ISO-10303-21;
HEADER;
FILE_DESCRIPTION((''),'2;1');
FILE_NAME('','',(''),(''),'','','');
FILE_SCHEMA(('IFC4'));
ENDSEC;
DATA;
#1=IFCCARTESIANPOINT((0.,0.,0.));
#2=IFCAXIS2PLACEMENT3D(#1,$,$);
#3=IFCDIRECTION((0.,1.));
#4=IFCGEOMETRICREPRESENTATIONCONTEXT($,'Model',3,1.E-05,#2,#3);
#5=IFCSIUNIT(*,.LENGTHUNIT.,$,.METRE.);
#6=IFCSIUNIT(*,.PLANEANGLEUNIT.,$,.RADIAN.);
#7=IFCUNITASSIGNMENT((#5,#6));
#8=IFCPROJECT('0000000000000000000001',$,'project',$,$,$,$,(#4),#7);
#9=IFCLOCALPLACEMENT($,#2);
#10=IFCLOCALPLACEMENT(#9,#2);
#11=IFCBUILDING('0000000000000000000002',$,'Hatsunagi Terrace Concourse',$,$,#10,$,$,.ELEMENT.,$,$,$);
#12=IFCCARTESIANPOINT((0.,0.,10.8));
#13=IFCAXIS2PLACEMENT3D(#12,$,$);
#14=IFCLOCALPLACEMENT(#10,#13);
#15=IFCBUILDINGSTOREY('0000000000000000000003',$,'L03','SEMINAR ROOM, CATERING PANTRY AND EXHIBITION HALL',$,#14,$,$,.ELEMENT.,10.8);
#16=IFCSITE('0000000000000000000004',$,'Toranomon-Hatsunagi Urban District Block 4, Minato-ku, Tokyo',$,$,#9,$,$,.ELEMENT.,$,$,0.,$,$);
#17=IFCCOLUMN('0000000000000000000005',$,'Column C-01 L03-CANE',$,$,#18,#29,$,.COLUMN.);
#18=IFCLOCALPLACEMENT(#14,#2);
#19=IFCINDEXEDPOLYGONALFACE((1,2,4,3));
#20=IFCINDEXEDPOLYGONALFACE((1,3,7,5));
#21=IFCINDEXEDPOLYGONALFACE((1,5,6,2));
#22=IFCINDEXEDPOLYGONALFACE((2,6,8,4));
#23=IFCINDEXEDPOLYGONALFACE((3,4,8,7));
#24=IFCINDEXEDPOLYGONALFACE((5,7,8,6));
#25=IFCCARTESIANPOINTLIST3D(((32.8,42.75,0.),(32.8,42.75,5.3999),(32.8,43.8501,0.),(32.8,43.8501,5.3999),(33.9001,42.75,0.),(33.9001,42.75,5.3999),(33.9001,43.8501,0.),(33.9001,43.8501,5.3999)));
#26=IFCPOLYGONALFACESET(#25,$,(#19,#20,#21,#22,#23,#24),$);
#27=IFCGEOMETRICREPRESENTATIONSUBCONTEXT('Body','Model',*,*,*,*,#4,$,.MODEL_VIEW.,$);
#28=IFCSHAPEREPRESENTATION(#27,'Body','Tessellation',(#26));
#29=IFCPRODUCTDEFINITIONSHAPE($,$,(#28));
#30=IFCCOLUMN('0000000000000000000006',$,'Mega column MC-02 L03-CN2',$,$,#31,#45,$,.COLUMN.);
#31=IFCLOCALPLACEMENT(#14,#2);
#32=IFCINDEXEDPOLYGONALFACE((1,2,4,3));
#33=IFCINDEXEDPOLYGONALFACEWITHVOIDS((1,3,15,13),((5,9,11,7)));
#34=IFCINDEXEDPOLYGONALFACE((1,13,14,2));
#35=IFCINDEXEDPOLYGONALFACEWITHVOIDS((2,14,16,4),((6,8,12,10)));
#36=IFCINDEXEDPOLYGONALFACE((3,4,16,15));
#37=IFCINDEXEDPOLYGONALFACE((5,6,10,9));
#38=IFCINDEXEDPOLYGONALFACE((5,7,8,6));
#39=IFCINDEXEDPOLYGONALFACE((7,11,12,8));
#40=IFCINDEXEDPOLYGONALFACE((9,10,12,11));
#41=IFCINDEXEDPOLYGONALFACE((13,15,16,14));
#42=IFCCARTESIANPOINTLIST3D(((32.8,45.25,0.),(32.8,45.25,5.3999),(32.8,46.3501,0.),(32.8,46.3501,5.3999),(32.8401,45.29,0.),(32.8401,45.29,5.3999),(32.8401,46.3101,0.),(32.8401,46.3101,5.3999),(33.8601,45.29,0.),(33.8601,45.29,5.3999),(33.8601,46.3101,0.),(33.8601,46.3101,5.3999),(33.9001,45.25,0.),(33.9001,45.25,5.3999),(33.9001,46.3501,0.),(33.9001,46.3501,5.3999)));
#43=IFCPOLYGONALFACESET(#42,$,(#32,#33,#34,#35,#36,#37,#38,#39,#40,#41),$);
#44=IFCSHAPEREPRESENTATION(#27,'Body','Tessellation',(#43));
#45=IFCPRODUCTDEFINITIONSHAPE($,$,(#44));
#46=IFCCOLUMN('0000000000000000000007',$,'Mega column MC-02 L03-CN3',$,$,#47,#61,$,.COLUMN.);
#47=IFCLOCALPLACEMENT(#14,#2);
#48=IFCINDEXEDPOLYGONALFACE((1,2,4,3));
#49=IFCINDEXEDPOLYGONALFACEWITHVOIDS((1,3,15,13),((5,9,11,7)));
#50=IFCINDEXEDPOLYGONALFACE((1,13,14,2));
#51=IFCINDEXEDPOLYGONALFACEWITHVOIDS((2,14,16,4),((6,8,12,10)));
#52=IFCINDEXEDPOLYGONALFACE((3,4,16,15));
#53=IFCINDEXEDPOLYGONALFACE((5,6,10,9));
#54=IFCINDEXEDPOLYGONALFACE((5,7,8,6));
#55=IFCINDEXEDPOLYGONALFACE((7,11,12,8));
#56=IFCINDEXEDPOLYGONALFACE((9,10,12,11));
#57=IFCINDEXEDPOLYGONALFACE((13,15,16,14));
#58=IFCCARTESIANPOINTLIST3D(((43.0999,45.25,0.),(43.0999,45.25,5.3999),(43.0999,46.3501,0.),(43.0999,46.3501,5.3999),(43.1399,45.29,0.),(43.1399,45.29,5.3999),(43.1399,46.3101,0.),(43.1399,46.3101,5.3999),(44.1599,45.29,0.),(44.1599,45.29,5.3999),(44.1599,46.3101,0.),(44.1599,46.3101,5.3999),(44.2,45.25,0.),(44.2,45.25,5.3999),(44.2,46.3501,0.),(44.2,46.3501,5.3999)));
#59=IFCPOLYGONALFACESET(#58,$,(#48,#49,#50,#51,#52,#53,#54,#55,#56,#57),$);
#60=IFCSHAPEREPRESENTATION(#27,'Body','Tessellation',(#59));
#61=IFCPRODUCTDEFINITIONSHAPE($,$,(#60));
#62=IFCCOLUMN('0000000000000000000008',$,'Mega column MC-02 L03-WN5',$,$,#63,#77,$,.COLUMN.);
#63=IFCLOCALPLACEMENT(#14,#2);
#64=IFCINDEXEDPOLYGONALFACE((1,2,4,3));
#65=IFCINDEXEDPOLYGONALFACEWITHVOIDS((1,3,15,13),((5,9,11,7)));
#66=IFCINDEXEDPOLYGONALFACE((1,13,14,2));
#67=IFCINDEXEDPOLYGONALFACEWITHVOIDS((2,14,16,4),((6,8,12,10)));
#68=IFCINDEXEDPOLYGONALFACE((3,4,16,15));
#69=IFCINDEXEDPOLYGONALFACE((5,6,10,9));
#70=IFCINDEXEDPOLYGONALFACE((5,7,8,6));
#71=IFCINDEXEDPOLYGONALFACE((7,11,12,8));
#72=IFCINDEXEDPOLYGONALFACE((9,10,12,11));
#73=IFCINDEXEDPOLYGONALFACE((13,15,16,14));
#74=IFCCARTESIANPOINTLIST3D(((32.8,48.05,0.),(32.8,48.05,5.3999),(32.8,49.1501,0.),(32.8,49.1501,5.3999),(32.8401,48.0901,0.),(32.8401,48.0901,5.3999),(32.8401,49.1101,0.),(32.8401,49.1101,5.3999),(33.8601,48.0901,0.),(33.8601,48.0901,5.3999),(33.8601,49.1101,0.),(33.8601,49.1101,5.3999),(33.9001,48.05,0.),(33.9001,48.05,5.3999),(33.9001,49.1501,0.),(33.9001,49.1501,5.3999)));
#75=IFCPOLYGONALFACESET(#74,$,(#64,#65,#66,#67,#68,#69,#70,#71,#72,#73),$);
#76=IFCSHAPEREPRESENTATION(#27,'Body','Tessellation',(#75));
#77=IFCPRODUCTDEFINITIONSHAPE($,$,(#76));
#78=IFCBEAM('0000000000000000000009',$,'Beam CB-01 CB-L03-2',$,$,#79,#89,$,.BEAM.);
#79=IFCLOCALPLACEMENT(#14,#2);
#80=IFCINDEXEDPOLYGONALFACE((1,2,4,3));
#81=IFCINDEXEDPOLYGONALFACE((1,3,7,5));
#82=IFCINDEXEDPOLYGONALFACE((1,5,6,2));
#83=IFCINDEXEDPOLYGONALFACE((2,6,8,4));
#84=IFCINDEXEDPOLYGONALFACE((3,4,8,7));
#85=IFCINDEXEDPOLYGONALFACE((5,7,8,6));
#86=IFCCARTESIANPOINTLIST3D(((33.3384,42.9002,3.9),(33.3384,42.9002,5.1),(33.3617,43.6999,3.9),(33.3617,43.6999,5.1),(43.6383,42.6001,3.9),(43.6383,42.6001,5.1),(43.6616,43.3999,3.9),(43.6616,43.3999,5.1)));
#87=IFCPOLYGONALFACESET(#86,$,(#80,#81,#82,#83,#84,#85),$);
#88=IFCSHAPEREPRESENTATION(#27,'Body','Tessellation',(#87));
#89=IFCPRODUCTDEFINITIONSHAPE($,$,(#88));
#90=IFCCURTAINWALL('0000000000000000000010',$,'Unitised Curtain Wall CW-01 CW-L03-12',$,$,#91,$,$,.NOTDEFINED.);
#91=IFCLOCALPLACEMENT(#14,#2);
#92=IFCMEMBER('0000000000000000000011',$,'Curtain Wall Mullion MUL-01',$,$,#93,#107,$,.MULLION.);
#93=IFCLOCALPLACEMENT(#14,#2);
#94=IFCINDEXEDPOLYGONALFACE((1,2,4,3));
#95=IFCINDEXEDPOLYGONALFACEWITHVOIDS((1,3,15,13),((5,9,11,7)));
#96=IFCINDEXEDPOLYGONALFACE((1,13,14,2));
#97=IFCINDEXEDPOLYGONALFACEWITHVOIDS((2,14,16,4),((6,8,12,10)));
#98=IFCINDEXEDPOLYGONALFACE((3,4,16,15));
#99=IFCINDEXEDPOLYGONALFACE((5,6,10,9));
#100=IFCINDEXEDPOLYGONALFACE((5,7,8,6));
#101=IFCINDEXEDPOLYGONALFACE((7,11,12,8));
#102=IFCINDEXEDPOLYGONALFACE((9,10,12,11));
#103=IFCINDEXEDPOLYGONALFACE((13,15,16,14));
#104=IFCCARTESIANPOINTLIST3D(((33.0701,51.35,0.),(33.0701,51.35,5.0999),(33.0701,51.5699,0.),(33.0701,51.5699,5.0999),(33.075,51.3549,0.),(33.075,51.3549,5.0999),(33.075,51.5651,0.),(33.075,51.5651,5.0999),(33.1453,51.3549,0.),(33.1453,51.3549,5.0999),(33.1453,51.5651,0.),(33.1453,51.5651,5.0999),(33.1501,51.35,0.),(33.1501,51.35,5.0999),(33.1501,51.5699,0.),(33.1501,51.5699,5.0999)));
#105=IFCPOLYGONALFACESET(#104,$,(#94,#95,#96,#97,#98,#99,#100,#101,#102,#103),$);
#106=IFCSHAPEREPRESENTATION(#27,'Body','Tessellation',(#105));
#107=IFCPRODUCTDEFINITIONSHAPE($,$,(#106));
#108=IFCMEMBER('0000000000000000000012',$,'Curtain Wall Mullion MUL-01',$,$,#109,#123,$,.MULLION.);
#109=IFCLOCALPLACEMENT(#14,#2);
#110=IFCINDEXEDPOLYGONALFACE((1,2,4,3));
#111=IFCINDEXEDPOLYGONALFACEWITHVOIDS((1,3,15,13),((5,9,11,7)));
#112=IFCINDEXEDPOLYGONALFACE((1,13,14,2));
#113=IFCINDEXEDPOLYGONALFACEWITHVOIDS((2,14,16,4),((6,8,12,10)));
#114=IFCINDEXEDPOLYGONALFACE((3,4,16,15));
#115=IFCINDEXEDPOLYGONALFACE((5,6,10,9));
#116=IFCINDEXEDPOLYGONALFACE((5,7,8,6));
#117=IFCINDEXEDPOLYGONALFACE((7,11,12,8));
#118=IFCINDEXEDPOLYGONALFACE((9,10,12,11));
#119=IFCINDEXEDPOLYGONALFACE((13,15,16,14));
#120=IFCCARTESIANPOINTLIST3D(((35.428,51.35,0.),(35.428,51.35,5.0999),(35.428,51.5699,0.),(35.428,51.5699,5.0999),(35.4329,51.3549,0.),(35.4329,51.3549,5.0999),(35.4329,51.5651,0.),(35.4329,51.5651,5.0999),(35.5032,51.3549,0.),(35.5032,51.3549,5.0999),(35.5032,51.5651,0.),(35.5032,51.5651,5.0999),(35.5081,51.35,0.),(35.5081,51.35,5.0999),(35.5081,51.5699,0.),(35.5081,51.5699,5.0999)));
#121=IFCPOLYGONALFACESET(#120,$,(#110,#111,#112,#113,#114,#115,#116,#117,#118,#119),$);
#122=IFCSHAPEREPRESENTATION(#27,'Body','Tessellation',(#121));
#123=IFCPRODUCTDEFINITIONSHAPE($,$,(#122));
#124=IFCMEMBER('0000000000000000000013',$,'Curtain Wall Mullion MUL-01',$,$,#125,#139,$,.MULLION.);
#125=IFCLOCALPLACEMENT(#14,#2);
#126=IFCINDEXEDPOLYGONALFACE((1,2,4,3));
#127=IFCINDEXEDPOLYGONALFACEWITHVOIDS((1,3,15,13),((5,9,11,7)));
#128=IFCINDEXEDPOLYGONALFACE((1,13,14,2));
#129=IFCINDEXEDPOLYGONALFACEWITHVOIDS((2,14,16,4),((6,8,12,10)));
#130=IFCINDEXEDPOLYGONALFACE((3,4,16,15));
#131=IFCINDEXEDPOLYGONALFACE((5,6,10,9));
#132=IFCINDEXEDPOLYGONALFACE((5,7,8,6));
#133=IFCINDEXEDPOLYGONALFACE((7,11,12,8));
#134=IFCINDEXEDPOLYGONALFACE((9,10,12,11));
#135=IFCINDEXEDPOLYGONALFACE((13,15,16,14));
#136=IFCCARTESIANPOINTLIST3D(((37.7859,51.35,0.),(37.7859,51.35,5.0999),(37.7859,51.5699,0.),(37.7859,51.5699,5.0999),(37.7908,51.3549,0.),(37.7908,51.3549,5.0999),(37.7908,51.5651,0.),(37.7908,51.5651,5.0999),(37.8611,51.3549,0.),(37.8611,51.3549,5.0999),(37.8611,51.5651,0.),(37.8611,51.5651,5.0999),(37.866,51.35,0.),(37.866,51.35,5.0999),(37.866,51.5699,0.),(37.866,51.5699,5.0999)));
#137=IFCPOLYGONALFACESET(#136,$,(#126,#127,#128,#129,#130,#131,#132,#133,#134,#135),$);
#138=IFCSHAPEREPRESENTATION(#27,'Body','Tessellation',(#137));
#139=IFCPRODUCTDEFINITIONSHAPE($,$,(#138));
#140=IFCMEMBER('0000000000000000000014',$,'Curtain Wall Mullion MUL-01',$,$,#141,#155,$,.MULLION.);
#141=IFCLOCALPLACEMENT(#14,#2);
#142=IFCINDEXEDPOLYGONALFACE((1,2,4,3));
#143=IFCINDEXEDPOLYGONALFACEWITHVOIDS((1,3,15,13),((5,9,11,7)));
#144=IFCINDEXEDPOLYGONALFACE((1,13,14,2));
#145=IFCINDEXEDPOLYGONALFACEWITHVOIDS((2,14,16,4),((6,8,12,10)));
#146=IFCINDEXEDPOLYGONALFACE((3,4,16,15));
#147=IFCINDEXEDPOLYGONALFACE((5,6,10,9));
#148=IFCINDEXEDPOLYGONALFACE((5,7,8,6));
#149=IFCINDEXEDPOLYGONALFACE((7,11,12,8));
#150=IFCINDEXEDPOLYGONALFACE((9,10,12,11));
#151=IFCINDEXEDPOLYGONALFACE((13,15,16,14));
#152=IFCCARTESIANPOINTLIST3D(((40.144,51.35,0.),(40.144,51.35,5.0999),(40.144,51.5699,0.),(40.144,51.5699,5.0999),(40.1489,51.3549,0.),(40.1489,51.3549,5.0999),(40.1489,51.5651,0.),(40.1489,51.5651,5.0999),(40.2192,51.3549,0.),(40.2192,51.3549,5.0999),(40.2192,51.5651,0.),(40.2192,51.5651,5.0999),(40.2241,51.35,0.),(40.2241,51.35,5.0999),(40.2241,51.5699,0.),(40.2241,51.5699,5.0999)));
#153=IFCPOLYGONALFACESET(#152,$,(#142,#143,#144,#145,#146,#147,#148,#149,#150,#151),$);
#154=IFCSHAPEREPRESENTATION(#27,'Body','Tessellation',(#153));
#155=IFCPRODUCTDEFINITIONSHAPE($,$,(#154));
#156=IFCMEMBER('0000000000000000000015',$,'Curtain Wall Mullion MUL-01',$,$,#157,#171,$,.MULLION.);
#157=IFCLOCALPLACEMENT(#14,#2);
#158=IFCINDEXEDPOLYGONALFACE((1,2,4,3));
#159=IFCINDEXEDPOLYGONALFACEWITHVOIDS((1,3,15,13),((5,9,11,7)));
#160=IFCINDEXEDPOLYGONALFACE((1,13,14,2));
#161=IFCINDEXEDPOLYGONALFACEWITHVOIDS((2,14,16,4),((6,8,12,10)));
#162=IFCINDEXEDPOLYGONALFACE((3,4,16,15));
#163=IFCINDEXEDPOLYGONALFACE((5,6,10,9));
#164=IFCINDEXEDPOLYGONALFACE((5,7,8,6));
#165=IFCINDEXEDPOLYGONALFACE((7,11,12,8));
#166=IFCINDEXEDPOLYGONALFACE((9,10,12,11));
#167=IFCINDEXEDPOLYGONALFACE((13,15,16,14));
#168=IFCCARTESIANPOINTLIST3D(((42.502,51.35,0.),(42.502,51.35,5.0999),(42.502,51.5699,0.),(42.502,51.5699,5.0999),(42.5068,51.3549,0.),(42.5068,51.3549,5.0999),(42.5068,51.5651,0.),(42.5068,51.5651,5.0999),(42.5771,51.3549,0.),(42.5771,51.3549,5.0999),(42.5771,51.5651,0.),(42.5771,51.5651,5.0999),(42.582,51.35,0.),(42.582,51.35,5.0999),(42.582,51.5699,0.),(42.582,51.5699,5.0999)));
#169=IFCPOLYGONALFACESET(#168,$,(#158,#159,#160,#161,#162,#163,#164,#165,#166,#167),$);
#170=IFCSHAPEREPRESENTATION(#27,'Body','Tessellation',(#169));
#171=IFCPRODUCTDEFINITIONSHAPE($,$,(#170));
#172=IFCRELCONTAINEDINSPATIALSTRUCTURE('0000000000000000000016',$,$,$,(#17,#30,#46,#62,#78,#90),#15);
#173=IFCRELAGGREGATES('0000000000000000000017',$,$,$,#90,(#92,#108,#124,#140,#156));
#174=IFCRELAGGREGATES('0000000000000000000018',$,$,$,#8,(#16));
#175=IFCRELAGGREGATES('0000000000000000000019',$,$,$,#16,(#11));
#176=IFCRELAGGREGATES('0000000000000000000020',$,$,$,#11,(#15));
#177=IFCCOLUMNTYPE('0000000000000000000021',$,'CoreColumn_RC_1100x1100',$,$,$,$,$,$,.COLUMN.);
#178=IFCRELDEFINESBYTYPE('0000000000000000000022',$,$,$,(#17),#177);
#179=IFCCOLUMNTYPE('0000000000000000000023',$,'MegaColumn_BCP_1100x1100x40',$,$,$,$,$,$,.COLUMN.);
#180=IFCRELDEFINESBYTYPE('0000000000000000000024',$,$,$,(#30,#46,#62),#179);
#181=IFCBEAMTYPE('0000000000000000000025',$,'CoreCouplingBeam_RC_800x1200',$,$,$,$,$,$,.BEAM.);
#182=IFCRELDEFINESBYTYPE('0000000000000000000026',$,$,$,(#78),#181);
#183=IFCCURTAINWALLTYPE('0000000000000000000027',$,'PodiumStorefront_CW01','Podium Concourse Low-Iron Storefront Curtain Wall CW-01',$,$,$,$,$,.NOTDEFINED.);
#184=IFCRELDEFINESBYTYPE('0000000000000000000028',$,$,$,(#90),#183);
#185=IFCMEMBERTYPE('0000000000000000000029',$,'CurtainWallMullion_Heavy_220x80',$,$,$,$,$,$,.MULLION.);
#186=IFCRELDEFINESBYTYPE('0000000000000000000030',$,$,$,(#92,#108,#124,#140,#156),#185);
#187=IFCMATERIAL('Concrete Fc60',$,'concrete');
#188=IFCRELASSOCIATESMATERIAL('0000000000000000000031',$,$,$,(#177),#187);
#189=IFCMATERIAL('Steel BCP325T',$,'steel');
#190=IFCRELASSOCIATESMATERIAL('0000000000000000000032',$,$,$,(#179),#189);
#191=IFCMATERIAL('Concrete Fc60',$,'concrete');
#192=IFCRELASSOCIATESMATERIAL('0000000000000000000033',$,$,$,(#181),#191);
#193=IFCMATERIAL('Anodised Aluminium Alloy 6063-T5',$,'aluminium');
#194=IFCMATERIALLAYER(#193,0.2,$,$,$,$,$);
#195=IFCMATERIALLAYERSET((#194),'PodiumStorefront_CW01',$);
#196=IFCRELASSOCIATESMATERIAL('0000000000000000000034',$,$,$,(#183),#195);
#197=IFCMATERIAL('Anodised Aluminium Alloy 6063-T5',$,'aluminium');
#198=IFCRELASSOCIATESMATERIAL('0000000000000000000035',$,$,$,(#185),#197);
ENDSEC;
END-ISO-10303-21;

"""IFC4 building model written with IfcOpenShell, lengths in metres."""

from ifc_helpers import new_model, si_unit, direction, frame, origin, origin_2d, place, context, subcontext, project, spatial, rectangle, hollow_rectangle, extrude, material, layer, layer_set, material_profile, profile_set, type_object, element, aggregate, save


model = new_model("IFC4")

# Units and contexts
model_context = context("Model", 3, precision=1e-05, world=origin(), true_north=direction((0.0, 1.0)))
body_context = subcontext(model_context, "Body", "Model", "MODEL_VIEW")
ifc_project = project(units=[si_unit("LENGTHUNIT", "METRE"), si_unit("PLANEANGLEUNIT", "RADIAN")], contexts=[model_context])

# Site, building, storey
site_placement = place(None, origin())
site = spatial("IfcSite", under=ifc_project, at=site_placement, Name="Toranomon-Hatsunagi Urban District Block 4, Minato-ku, Tokyo", CompositionType="ELEMENT", RefElevation=0.0)
building_placement = place(site_placement, origin())
building = spatial("IfcBuilding", under=site, at=building_placement, Name="Hatsunagi Terrace Concourse", CompositionType="ELEMENT")
storey_placement = place(building_placement, frame((0.0, 0.0, 10.8)))
storey = spatial("IfcBuildingStorey", under=building, at=storey_placement, Name="L03", Description="SEMINAR ROOM, CATERING PANTRY AND EXHIBITION HALL", CompositionType="ELEMENT", Elevation=10.8)

# Columns
ifc_material_1 = material(Name="Concrete Fc60", Category="concrete")
ifc_material_profile_1 = material_profile(ifc_material_1, rectangle(XDim=1.1001, YDim=1.1001, at=origin_2d()), Name="RC-1100x1100")
ifc_profile_set_1 = profile_set([ifc_material_profile_1], Name="Concrete Fc60")
column_type_1 = type_object("IfcColumnType", Name="CoreColumn_RC_1100x1100", PredefinedType="COLUMN", material=ifc_profile_set_1)
column_placement = place(storey_placement, frame((33.3501, 43.3, 0.0), z_axis=(0.0, 0.0, 1.0), x_axis=(1.0, 0.0, 0.0)))
element("IfcColumn", 1, at=column_placement, inside=storey, type_object=column_type_1, Name="Column C-01 L03-CANE", PredefinedType="COLUMN", context=body_context, shape_type="SweptSolid", body=[
    extrude(rectangle(XDim=1.1001, YDim=1.1001, at=origin_2d()), origin(), (0.0, 0.0, 1.0), 5.3999),
])
ifc_material_2 = material(Name="Steel BCP325T", Category="steel")
ifc_material_profile_2 = material_profile(ifc_material_2, hollow_rectangle(XDim=1.1001, YDim=1.1001, WallThickness=0.04, at=origin_2d()), Name="BCP-1100x1100x40")
ifc_profile_set_2 = profile_set([ifc_material_profile_2], Name="Steel BCP325T")
column_type_2 = type_object("IfcColumnType", Name="MegaColumn_BCP_1100x1100x40", PredefinedType="COLUMN", material=ifc_profile_set_2)
for number, where, z_axis, x_axis, name in (
    (2, (33.3501, 45.8, 0.0), (0.0, 0.0, 1.0), (1.0, 0.0, 0.0), "Mega column MC-02 L03-CN2"),
    (3, (43.6499, 45.8, 0.0), (0.0, 0.0, 1.0), (1.0, 0.0, 0.0), "Mega column MC-02 L03-CN3"),
    (4, (33.3501, 48.6001, 0.0), (0.0, 0.0, 1.0), (1.0, 0.0, 0.0), "Mega column MC-02 L03-WN5"),
):
    element("IfcColumn", number, at=place(storey_placement, frame(where, z_axis=z_axis, x_axis=x_axis)), inside=storey, type_object=column_type_2, Name=name, PredefinedType="COLUMN", context=body_context, shape_type="SweptSolid", body=[
        extrude(hollow_rectangle(XDim=1.1001, YDim=1.1001, WallThickness=0.04, at=origin_2d()), origin(), (0.0, 0.0, 1.0), 5.3999),
    ])

# Beam
ifc_material_3 = material(Name="Concrete Fc60", Category="concrete")
ifc_material_profile_3 = material_profile(ifc_material_3, rectangle(XDim=0.8, YDim=1.2, at=origin_2d()), Name="RC-800x1200")
ifc_profile_set_3 = profile_set([ifc_material_profile_3], Name="Concrete Fc60")
beam_type_1 = type_object("IfcBeamType", Name="CoreCouplingBeam_RC_800x1200", PredefinedType="BEAM", material=ifc_profile_set_3)
beam_1_placement = place(storey_placement, frame((33.3501, 43.3, 4.5), z_axis=(0.999576, -0.029119, 0.0), x_axis=(0.029119, 0.999576, 0.0)))
element("IfcBeam", 5, at=beam_1_placement, inside=storey, type_object=beam_type_1, Name="Beam CB-01 CB-L03-2", PredefinedType="BEAM", context=body_context, shape_type="SweptSolid", body=[
    extrude(rectangle(XDim=0.8, YDim=1.2, at=origin_2d()), origin(), (0.0, 0.0, 1.0), 10.3042),
])

# Curtain wall, members
ifc_material_4 = material(Name="Anodised Aluminium Alloy 6063-T5", Category="aluminium")
ifc_layer_1 = layer(ifc_material_4, 0.2)
ifc_layer_set_1 = layer_set([ifc_layer_1], Name="PodiumStorefront_CW01")
curtain_wall_type = type_object("IfcCurtainWallType", Name="PodiumStorefront_CW01", Description="Podium Concourse Low-Iron Storefront Curtain Wall CW-01", PredefinedType="NOTDEFINED", material=ifc_layer_set_1)
curtain_wall_placement = place(storey_placement, origin())
curtain_wall = element("IfcCurtainWall", 6, at=curtain_wall_placement, inside=storey, type_object=curtain_wall_type, Name="Unitised Curtain Wall CW-01 CW-L03-12", PredefinedType="NOTDEFINED")
ifc_material_5 = material(Name="Anodised Aluminium Alloy 6063-T5", Category="aluminium")
ifc_material_profile_4 = material_profile(ifc_material_5, hollow_rectangle(XDim=0.0801, YDim=0.22, WallThickness=0.0049, at=origin_2d()), Name="ALU-MUL-220x80x5")
ifc_profile_set_4 = profile_set([ifc_material_profile_4], Name="Anodised Aluminium Alloy 6063-T5")
member_type = type_object("IfcMemberType", Name="CurtainWallMullion_Heavy_220x80", PredefinedType="MULLION", material=ifc_profile_set_4)
member_1_placement = place(storey_placement, frame((33.1101, 51.46, 0.0), z_axis=(0.0, 0.0, 1.0), x_axis=(1.0, 0.0, 0.0)))
member_1 = element("IfcMember", 7, at=member_1_placement, type_object=member_type, Name="Curtain Wall Mullion MUL-01", PredefinedType="MULLION", context=body_context, shape_type="SweptSolid", body=[
    extrude(hollow_rectangle(XDim=0.0801, YDim=0.22, WallThickness=0.0049, at=origin_2d()), origin(), (0.0, 0.0, 1.0), 5.0999),
])
member_2_placement = place(storey_placement, frame((35.468, 51.46, 0.0), z_axis=(0.0, 0.0, 1.0), x_axis=(1.0, 0.0, 0.0)))
member_2 = element("IfcMember", 8, at=member_2_placement, type_object=member_type, Name="Curtain Wall Mullion MUL-01", PredefinedType="MULLION", context=body_context, shape_type="SweptSolid", body=[
    extrude(hollow_rectangle(XDim=0.0801, YDim=0.22, WallThickness=0.0049, at=origin_2d()), origin(), (0.0, 0.0, 1.0), 5.0999),
])
member_3_placement = place(storey_placement, frame((37.8259, 51.46, 0.0), z_axis=(0.0, 0.0, 1.0), x_axis=(1.0, 0.0, 0.0)))
member_3 = element("IfcMember", 9, at=member_3_placement, type_object=member_type, Name="Curtain Wall Mullion MUL-01", PredefinedType="MULLION", context=body_context, shape_type="SweptSolid", body=[
    extrude(hollow_rectangle(XDim=0.0801, YDim=0.22, WallThickness=0.0049, at=origin_2d()), origin(), (0.0, 0.0, 1.0), 5.0999),
])
member_4_placement = place(storey_placement, frame((40.1841, 51.46, 0.0), z_axis=(0.0, 0.0, 1.0), x_axis=(1.0, 0.0, 0.0)))
member_4 = element("IfcMember", 10, at=member_4_placement, type_object=member_type, Name="Curtain Wall Mullion MUL-01", PredefinedType="MULLION", context=body_context, shape_type="SweptSolid", body=[
    extrude(hollow_rectangle(XDim=0.0801, YDim=0.22, WallThickness=0.0049, at=origin_2d()), origin(), (0.0, 0.0, 1.0), 5.0999),
])
member_5_placement = place(storey_placement, frame((42.542, 51.46, 0.0), z_axis=(0.0, 0.0, 1.0), x_axis=(1.0, 0.0, 0.0)))
member_5 = element("IfcMember", 11, at=member_5_placement, type_object=member_type, Name="Curtain Wall Mullion MUL-01", PredefinedType="MULLION", context=body_context, shape_type="SweptSolid", body=[
    extrude(hollow_rectangle(XDim=0.0801, YDim=0.22, WallThickness=0.0049, at=origin_2d()), origin(), (0.0, 0.0, 1.0), 5.0999),
])

aggregate(curtain_wall, [member_1, member_2, member_3, member_4, member_5])

save(model, "model.ifc")
